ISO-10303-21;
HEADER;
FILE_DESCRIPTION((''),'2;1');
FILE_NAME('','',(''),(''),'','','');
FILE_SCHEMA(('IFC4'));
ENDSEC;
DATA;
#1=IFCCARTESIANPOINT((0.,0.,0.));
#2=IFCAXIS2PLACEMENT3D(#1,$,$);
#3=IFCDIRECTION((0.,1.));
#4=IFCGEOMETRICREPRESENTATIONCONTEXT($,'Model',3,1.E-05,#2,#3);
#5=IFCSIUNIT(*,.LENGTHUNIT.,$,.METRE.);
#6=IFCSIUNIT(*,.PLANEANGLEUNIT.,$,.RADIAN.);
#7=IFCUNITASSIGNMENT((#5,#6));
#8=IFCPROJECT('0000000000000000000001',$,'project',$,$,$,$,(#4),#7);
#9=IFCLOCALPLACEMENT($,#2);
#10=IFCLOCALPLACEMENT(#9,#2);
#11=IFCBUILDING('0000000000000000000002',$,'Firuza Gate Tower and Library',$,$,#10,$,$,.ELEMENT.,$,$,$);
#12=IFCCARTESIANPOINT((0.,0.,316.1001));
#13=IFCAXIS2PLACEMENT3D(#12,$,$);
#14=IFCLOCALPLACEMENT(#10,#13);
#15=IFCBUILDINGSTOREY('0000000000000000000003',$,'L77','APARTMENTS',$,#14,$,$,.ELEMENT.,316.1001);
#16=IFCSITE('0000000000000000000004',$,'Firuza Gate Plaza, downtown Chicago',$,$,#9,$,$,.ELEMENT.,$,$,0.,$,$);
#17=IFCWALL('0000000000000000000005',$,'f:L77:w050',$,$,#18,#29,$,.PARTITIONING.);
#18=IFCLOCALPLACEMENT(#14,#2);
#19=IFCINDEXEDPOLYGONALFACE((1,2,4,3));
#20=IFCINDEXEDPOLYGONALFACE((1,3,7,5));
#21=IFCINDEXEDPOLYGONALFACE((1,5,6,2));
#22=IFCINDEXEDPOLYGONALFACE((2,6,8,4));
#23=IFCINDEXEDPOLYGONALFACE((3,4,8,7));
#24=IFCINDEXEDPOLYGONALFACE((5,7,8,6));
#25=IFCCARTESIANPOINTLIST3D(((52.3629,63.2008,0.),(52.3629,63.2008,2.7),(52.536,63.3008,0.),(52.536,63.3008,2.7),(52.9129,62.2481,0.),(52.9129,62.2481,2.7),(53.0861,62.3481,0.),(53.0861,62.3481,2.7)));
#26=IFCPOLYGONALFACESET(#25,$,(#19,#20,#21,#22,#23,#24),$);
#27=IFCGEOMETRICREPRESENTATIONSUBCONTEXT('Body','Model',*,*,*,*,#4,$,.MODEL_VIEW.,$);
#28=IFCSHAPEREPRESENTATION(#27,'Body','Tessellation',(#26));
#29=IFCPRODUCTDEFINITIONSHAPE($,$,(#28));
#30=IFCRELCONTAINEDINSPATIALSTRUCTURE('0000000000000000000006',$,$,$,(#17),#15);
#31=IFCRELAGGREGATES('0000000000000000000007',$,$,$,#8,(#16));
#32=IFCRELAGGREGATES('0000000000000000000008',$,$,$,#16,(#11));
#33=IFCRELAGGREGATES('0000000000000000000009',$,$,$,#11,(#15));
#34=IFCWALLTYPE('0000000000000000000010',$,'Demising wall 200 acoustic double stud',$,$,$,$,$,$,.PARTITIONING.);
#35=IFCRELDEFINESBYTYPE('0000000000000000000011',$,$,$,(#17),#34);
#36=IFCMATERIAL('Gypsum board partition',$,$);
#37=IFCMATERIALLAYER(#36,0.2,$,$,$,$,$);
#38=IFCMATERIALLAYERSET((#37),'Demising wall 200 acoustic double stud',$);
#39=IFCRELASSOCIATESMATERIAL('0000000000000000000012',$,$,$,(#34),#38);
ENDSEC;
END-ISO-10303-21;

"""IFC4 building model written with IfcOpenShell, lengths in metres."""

from ifc_helpers import new_model, si_unit, direction, frame, frame_2d, origin, place, context, subcontext, project, spatial, rectangle, extrude, material, layer, layer_set, type_object, element, save


model = new_model("IFC4")

# Units and contexts
model_context = context("Model", 3, precision=1e-05, world=origin(), true_north=direction((0.0, 1.0)))
body_context = subcontext(model_context, "Body", "Model", "MODEL_VIEW")
ifc_project = project(units=[si_unit("LENGTHUNIT", "METRE"), si_unit("PLANEANGLEUNIT", "RADIAN")], contexts=[model_context])

# Site, building, storey
site_placement = place(None, origin())
site = spatial("IfcSite", under=ifc_project, at=site_placement, Name="Firuza Gate Plaza, downtown Chicago", CompositionType="ELEMENT", RefElevation=0.0)
building_placement = place(site_placement, origin())
building = spatial("IfcBuilding", under=site, at=building_placement, Name="Firuza Gate Tower and Library", CompositionType="ELEMENT")
storey_placement = place(building_placement, frame((0.0, 0.0, 316.1001)))
storey = spatial("IfcBuildingStorey", under=building, at=storey_placement, Name="L77", Description="APARTMENTS", CompositionType="ELEMENT", Elevation=316.1001)

# Wall
ifc_material_1 = material(Name="Gypsum board partition")
ifc_layer_1 = layer(ifc_material_1, 0.2)
ifc_layer_set_1 = layer_set([ifc_layer_1], Name="Demising wall 200 acoustic double stud")
wall_type = type_object("IfcWallType", Name="Demising wall 200 acoustic double stud", PredefinedType="PARTITIONING", material=ifc_layer_set_1)
wall_1_placement = place(storey_placement, frame((52.9995, 62.2981, 0.0), z_axis=(0.0, 0.0, 1.0), x_axis=(-0.50003, 0.866008, 0.0)))
element("IfcWall", 1, at=wall_1_placement, inside=storey, type_object=wall_type, Name="f:L77:w050", PredefinedType="PARTITIONING", context=body_context, shape_type="SweptSolid", body=[
    extrude(rectangle(XDim=1.1001, YDim=0.2, at=frame_2d((0.55, 0.0))), origin(), (0.0, 0.0, 1.0), 2.7),
])

save(model, "model.ifc")
